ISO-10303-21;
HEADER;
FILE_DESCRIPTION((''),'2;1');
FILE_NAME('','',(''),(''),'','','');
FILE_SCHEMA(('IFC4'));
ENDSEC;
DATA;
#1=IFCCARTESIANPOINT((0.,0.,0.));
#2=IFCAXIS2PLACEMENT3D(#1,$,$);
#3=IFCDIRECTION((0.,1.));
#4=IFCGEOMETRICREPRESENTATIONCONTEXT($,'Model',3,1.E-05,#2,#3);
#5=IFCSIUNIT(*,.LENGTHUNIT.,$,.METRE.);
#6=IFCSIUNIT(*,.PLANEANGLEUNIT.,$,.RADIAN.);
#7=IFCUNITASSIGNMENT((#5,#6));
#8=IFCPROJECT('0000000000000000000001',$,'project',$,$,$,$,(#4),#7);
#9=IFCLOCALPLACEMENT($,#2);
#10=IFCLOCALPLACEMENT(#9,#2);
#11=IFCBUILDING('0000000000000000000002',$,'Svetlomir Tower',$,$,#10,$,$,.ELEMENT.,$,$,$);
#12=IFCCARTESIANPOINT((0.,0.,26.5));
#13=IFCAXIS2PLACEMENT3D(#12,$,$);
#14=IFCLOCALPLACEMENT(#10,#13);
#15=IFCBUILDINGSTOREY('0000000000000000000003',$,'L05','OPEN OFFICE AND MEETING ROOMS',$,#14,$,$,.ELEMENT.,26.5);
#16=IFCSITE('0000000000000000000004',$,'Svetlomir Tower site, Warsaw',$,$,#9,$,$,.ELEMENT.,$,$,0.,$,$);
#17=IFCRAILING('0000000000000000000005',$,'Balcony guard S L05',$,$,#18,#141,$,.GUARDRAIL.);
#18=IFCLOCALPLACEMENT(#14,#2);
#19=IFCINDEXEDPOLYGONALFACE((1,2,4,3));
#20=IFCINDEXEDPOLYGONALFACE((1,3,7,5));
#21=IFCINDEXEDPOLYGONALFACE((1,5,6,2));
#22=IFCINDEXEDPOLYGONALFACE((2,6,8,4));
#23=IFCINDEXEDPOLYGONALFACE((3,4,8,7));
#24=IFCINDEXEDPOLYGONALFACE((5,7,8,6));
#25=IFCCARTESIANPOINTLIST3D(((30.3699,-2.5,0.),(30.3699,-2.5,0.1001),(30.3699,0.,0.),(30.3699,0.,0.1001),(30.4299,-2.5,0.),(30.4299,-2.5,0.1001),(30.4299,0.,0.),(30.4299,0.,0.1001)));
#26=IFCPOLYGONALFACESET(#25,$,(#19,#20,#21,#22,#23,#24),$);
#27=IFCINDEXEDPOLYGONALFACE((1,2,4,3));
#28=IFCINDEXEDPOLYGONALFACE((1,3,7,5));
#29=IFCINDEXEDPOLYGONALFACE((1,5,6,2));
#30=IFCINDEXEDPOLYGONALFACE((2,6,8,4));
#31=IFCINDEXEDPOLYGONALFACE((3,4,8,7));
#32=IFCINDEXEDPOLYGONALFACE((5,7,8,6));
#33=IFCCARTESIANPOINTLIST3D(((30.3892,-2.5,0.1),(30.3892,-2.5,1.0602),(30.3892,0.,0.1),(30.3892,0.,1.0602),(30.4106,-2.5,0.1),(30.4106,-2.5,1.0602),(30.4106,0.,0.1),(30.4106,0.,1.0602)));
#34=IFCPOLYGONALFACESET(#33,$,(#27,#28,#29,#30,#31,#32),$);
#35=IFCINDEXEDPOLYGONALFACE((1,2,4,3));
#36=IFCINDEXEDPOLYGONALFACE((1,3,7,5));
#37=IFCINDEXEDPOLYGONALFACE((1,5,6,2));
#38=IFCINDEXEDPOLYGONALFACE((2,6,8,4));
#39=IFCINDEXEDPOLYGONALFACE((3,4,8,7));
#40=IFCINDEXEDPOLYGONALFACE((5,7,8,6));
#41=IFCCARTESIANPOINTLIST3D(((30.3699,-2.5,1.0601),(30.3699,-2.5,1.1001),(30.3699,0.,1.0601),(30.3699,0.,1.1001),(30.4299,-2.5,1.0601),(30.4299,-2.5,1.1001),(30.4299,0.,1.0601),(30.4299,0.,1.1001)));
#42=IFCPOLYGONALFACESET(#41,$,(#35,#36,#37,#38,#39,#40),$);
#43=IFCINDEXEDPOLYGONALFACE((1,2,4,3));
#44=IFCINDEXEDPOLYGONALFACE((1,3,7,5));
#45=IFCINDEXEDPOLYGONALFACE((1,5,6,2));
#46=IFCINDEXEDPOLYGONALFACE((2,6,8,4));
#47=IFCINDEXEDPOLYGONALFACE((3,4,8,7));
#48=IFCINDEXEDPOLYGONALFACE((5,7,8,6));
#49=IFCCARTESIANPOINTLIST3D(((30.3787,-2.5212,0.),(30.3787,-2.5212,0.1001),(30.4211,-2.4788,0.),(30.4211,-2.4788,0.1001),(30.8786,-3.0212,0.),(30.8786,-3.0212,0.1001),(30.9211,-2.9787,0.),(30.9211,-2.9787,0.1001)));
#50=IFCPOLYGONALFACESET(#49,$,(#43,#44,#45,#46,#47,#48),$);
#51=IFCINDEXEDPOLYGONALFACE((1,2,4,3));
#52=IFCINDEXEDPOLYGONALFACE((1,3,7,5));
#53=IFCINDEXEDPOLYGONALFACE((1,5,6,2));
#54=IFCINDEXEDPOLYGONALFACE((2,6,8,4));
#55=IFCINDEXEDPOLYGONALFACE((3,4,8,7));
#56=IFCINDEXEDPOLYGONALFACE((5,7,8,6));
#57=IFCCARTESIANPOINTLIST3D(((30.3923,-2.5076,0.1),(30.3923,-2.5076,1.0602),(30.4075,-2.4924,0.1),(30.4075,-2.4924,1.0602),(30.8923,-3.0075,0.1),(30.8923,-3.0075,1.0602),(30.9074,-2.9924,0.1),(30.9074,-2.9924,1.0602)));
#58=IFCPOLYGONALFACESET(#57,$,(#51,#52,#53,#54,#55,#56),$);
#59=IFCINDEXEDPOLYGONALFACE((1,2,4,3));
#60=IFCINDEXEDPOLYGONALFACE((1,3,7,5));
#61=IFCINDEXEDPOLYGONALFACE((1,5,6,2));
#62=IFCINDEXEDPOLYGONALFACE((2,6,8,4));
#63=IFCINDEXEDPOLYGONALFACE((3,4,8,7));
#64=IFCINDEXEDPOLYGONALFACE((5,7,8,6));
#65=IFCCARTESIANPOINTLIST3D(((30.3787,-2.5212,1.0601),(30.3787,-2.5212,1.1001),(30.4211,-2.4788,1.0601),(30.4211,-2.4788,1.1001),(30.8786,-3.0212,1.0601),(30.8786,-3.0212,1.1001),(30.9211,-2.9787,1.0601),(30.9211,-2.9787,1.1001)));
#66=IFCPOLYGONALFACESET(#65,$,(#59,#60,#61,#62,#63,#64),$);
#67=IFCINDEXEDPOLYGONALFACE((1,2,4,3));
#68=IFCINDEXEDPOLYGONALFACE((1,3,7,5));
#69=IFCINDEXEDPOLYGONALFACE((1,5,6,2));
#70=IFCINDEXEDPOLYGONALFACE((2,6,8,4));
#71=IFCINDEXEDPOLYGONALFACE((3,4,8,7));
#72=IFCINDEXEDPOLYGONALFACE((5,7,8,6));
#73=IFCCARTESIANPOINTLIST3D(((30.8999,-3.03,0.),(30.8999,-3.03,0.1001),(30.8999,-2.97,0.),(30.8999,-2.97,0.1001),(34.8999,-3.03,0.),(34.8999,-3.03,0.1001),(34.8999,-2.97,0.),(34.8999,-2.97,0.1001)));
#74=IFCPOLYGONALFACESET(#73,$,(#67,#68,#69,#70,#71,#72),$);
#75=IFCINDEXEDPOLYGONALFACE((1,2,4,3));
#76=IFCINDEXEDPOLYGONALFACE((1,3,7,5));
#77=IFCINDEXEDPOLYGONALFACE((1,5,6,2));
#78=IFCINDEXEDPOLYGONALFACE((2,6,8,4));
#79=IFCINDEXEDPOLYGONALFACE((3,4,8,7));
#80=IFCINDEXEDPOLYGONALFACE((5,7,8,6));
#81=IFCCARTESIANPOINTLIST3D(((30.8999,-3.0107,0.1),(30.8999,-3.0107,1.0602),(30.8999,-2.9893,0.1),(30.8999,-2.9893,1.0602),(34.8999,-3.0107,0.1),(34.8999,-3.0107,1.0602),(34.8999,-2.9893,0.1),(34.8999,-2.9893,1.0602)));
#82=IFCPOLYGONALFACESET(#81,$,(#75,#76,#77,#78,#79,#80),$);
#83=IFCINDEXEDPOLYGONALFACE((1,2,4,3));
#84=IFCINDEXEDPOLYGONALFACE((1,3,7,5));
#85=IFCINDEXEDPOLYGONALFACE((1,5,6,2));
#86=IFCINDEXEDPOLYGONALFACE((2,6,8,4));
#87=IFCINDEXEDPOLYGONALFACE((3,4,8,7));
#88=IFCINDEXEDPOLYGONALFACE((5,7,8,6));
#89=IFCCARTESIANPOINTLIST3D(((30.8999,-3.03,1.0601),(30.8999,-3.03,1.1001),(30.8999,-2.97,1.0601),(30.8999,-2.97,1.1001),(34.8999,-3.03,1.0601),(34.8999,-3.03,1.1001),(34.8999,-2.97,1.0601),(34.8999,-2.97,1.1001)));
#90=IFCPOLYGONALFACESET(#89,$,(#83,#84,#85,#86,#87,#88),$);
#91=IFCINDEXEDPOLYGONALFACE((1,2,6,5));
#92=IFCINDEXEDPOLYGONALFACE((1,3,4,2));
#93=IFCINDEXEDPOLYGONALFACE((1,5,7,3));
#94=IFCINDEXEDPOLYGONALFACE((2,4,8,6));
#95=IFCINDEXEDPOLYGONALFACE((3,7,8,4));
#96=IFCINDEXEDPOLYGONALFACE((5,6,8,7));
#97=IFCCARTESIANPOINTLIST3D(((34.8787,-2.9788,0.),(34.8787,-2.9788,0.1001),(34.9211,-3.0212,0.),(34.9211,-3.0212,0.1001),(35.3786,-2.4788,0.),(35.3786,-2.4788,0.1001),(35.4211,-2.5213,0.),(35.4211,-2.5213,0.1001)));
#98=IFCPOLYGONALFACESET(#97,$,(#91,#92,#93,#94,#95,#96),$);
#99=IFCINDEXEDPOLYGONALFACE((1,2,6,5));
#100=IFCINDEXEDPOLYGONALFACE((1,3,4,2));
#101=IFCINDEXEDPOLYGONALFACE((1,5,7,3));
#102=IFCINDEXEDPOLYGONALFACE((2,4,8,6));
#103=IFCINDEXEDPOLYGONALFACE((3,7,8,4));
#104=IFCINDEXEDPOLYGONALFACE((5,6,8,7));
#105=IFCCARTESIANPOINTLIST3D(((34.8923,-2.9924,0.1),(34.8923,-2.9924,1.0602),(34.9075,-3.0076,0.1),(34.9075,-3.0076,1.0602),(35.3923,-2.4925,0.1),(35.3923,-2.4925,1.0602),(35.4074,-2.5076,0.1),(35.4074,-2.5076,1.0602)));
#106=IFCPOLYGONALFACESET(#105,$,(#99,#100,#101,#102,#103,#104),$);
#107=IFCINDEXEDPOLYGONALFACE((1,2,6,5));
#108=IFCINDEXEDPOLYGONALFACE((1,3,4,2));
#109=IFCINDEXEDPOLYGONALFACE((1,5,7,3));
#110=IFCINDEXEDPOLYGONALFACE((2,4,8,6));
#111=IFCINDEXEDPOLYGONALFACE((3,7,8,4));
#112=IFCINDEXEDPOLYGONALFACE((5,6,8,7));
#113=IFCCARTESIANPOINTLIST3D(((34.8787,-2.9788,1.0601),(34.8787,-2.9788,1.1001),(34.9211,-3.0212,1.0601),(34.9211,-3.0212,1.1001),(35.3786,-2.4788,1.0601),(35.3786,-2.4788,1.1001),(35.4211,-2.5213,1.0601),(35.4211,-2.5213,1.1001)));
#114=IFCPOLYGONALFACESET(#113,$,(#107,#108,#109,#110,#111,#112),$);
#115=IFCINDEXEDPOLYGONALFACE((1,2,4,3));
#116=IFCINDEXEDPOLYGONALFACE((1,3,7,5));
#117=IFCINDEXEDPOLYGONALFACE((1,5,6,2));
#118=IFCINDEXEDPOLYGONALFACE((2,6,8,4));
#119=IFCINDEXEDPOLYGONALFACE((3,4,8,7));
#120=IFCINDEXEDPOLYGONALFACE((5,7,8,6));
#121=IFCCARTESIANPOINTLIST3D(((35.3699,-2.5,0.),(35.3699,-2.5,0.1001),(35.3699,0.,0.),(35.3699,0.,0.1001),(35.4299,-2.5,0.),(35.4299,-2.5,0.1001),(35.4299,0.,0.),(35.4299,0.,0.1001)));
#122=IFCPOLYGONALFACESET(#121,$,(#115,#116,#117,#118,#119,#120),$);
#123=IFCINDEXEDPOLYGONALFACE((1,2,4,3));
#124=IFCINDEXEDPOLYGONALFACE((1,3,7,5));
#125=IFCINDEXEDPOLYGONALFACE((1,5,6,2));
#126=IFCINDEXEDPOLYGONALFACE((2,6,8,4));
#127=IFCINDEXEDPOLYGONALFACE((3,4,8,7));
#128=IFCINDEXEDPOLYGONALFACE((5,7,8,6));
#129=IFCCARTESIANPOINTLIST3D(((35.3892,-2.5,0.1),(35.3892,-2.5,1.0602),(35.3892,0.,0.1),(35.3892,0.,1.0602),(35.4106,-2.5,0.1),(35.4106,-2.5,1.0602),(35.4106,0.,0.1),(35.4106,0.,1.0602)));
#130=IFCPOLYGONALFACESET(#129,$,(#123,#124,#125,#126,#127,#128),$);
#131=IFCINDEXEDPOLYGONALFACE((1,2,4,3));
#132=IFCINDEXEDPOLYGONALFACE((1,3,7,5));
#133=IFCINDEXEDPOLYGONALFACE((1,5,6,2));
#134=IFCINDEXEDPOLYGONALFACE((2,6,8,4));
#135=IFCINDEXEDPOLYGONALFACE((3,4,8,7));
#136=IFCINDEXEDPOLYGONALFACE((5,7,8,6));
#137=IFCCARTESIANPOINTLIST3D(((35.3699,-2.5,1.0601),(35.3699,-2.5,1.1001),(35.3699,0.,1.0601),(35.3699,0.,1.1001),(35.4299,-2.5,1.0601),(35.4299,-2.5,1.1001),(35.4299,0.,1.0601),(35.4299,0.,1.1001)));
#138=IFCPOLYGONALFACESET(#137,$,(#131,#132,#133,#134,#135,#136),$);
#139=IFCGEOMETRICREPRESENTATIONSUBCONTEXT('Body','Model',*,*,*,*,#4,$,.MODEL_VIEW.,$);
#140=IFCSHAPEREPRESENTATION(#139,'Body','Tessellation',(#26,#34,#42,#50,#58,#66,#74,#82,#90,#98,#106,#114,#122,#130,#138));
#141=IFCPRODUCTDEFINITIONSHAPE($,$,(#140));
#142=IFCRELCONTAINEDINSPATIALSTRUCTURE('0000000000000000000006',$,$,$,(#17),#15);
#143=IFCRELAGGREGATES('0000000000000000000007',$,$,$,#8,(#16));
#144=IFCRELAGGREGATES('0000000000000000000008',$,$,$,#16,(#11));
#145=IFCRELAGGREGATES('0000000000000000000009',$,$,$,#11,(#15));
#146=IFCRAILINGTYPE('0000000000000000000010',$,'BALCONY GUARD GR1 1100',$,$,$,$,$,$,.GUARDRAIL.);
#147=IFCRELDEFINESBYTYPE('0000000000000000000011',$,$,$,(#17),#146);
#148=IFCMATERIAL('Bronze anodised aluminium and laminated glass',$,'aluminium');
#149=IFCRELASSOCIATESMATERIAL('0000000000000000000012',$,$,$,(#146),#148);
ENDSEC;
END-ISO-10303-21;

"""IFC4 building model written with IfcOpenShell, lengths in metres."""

from ifc_helpers import new_model, si_unit, direction, frame, origin, origin_2d, place, context, subcontext, project, spatial, rectangle, extrude, material, type_object, element, save


model = new_model("IFC4")

# Units and contexts
model_context = context("Model", 3, precision=1e-05, world=origin(), true_north=direction((0.0, 1.0)))
body_context = subcontext(model_context, "Body", "Model", "MODEL_VIEW")
ifc_project = project(units=[si_unit("LENGTHUNIT", "METRE"), si_unit("PLANEANGLEUNIT", "RADIAN")], contexts=[model_context])

# Site, building, storey
site_placement = place(None, origin())
site = spatial("IfcSite", under=ifc_project, at=site_placement, Name="Svetlomir Tower site, Warsaw", CompositionType="ELEMENT", RefElevation=0.0)
building_placement = place(site_placement, origin())
building = spatial("IfcBuilding", under=site, at=building_placement, Name="Svetlomir Tower", CompositionType="ELEMENT")
storey_placement = place(building_placement, frame((0.0, 0.0, 26.5)))
storey = spatial("IfcBuildingStorey", under=building, at=storey_placement, Name="L05", Description="OPEN OFFICE AND MEETING ROOMS", CompositionType="ELEMENT", Elevation=26.5)

# Railing
ifc_material_1 = material(Name="Bronze anodised aluminium and laminated glass", Category="aluminium")
railing_type = type_object("IfcRailingType", Name="BALCONY GUARD GR1 1100", PredefinedType="GUARDRAIL", material=ifc_material_1)
railing_placement = place(storey_placement, frame((30.3999, 0.0, 0.0)))
element("IfcRailing", 1, at=railing_placement, inside=storey, type_object=railing_type, Name="Balcony guard S L05", PredefinedType="GUARDRAIL", context=body_context, shape_type="SweptSolid", body=[
    extrude(rectangle(XDim=0.0601, YDim=0.1001, at=origin_2d()), frame((0.0, 0.0, 0.05), z_axis=(0.0, -1.0, 0.0), x_axis=(1.0, 0.0, 0.0)), (0.0, 0.0, 1.0), 2.5),
    extrude(rectangle(XDim=0.0215, YDim=0.9602, at=origin_2d()), frame((0.0, 0.0, 0.5801), z_axis=(0.0, -1.0, 0.0), x_axis=(1.0, 0.0, 0.0)), (0.0, 0.0, 1.0), 2.5),
    extrude(rectangle(XDim=0.0601, YDim=0.04, at=origin_2d()), frame((0.0, 0.0, 1.0801), z_axis=(0.0, -1.0, 0.0), x_axis=(1.0, 0.0, 0.0)), (0.0, 0.0, 1.0), 2.5),
    extrude(rectangle(XDim=0.0601, YDim=0.1001, at=origin_2d()), frame((0.0, -2.5, 0.05), z_axis=(0.707107, -0.707107, 0.0), x_axis=(0.707107, 0.707107, 0.0)), (0.0, 0.0, 1.0), 0.707),
    extrude(rectangle(XDim=0.0215, YDim=0.9602, at=origin_2d()), frame((0.0, -2.5, 0.5801), z_axis=(0.707107, -0.707107, 0.0), x_axis=(0.707107, 0.707107, 0.0)), (0.0, 0.0, 1.0), 0.707),
    extrude(rectangle(XDim=0.0601, YDim=0.04, at=origin_2d()), frame((0.0, -2.5, 1.0801), z_axis=(0.707107, -0.707107, 0.0), x_axis=(0.707107, 0.707107, 0.0)), (0.0, 0.0, 1.0), 0.707),
    extrude(rectangle(XDim=0.0601, YDim=0.1001, at=origin_2d()), frame((0.5, -3.0, 0.05), z_axis=(1.0, 0.0, 0.0), x_axis=(0.0, 1.0, 0.0)), (0.0, 0.0, 1.0), 4.0),
    extrude(rectangle(XDim=0.0215, YDim=0.9602, at=origin_2d()), frame((0.5, -3.0, 0.5801), z_axis=(1.0, 0.0, 0.0), x_axis=(0.0, 1.0, 0.0)), (0.0, 0.0, 1.0), 4.0),
    extrude(rectangle(XDim=0.0601, YDim=0.04, at=origin_2d()), frame((0.5, -3.0, 1.0801), z_axis=(1.0, 0.0, 0.0), x_axis=(0.0, 1.0, 0.0)), (0.0, 0.0, 1.0), 4.0),
    extrude(rectangle(XDim=0.0601, YDim=0.1001, at=origin_2d()), frame((4.5, -3.0, 0.05), z_axis=(0.707107, 0.707107, 0.0), x_axis=(-0.707107, 0.707107, 0.0)), (0.0, 0.0, 1.0), 0.707),
    extrude(rectangle(XDim=0.0215, YDim=0.9602, at=origin_2d()), frame((4.5, -3.0, 0.5801), z_axis=(0.707107, 0.707107, 0.0), x_axis=(-0.707107, 0.707107, 0.0)), (0.0, 0.0, 1.0), 0.707),
    extrude(rectangle(XDim=0.0601, YDim=0.04, at=origin_2d()), frame((4.5, -3.0, 1.0801), z_axis=(0.707107, 0.707107, 0.0), x_axis=(-0.707107, 0.707107, 0.0)), (0.0, 0.0, 1.0), 0.707),
    extrude(rectangle(XDim=0.0601, YDim=0.1001, at=origin_2d()), frame((5.0, -2.5, 0.05), z_axis=(0.0, 1.0, 0.0), x_axis=(-1.0, 0.0, 0.0)), (0.0, 0.0, 1.0), 2.5),
    extrude(rectangle(XDim=0.0215, YDim=0.9602, at=origin_2d()), frame((5.0, -2.5, 0.5801), z_axis=(0.0, 1.0, 0.0), x_axis=(-1.0, 0.0, 0.0)), (0.0, 0.0, 1.0), 2.5),
    extrude(rectangle(XDim=0.0601, YDim=0.04, at=origin_2d()), frame((5.0, -2.5, 1.0801), z_axis=(0.0, 1.0, 0.0), x_axis=(-1.0, 0.0, 0.0)), (0.0, 0.0, 1.0), 2.5),
])

save(model, "model.ifc")
